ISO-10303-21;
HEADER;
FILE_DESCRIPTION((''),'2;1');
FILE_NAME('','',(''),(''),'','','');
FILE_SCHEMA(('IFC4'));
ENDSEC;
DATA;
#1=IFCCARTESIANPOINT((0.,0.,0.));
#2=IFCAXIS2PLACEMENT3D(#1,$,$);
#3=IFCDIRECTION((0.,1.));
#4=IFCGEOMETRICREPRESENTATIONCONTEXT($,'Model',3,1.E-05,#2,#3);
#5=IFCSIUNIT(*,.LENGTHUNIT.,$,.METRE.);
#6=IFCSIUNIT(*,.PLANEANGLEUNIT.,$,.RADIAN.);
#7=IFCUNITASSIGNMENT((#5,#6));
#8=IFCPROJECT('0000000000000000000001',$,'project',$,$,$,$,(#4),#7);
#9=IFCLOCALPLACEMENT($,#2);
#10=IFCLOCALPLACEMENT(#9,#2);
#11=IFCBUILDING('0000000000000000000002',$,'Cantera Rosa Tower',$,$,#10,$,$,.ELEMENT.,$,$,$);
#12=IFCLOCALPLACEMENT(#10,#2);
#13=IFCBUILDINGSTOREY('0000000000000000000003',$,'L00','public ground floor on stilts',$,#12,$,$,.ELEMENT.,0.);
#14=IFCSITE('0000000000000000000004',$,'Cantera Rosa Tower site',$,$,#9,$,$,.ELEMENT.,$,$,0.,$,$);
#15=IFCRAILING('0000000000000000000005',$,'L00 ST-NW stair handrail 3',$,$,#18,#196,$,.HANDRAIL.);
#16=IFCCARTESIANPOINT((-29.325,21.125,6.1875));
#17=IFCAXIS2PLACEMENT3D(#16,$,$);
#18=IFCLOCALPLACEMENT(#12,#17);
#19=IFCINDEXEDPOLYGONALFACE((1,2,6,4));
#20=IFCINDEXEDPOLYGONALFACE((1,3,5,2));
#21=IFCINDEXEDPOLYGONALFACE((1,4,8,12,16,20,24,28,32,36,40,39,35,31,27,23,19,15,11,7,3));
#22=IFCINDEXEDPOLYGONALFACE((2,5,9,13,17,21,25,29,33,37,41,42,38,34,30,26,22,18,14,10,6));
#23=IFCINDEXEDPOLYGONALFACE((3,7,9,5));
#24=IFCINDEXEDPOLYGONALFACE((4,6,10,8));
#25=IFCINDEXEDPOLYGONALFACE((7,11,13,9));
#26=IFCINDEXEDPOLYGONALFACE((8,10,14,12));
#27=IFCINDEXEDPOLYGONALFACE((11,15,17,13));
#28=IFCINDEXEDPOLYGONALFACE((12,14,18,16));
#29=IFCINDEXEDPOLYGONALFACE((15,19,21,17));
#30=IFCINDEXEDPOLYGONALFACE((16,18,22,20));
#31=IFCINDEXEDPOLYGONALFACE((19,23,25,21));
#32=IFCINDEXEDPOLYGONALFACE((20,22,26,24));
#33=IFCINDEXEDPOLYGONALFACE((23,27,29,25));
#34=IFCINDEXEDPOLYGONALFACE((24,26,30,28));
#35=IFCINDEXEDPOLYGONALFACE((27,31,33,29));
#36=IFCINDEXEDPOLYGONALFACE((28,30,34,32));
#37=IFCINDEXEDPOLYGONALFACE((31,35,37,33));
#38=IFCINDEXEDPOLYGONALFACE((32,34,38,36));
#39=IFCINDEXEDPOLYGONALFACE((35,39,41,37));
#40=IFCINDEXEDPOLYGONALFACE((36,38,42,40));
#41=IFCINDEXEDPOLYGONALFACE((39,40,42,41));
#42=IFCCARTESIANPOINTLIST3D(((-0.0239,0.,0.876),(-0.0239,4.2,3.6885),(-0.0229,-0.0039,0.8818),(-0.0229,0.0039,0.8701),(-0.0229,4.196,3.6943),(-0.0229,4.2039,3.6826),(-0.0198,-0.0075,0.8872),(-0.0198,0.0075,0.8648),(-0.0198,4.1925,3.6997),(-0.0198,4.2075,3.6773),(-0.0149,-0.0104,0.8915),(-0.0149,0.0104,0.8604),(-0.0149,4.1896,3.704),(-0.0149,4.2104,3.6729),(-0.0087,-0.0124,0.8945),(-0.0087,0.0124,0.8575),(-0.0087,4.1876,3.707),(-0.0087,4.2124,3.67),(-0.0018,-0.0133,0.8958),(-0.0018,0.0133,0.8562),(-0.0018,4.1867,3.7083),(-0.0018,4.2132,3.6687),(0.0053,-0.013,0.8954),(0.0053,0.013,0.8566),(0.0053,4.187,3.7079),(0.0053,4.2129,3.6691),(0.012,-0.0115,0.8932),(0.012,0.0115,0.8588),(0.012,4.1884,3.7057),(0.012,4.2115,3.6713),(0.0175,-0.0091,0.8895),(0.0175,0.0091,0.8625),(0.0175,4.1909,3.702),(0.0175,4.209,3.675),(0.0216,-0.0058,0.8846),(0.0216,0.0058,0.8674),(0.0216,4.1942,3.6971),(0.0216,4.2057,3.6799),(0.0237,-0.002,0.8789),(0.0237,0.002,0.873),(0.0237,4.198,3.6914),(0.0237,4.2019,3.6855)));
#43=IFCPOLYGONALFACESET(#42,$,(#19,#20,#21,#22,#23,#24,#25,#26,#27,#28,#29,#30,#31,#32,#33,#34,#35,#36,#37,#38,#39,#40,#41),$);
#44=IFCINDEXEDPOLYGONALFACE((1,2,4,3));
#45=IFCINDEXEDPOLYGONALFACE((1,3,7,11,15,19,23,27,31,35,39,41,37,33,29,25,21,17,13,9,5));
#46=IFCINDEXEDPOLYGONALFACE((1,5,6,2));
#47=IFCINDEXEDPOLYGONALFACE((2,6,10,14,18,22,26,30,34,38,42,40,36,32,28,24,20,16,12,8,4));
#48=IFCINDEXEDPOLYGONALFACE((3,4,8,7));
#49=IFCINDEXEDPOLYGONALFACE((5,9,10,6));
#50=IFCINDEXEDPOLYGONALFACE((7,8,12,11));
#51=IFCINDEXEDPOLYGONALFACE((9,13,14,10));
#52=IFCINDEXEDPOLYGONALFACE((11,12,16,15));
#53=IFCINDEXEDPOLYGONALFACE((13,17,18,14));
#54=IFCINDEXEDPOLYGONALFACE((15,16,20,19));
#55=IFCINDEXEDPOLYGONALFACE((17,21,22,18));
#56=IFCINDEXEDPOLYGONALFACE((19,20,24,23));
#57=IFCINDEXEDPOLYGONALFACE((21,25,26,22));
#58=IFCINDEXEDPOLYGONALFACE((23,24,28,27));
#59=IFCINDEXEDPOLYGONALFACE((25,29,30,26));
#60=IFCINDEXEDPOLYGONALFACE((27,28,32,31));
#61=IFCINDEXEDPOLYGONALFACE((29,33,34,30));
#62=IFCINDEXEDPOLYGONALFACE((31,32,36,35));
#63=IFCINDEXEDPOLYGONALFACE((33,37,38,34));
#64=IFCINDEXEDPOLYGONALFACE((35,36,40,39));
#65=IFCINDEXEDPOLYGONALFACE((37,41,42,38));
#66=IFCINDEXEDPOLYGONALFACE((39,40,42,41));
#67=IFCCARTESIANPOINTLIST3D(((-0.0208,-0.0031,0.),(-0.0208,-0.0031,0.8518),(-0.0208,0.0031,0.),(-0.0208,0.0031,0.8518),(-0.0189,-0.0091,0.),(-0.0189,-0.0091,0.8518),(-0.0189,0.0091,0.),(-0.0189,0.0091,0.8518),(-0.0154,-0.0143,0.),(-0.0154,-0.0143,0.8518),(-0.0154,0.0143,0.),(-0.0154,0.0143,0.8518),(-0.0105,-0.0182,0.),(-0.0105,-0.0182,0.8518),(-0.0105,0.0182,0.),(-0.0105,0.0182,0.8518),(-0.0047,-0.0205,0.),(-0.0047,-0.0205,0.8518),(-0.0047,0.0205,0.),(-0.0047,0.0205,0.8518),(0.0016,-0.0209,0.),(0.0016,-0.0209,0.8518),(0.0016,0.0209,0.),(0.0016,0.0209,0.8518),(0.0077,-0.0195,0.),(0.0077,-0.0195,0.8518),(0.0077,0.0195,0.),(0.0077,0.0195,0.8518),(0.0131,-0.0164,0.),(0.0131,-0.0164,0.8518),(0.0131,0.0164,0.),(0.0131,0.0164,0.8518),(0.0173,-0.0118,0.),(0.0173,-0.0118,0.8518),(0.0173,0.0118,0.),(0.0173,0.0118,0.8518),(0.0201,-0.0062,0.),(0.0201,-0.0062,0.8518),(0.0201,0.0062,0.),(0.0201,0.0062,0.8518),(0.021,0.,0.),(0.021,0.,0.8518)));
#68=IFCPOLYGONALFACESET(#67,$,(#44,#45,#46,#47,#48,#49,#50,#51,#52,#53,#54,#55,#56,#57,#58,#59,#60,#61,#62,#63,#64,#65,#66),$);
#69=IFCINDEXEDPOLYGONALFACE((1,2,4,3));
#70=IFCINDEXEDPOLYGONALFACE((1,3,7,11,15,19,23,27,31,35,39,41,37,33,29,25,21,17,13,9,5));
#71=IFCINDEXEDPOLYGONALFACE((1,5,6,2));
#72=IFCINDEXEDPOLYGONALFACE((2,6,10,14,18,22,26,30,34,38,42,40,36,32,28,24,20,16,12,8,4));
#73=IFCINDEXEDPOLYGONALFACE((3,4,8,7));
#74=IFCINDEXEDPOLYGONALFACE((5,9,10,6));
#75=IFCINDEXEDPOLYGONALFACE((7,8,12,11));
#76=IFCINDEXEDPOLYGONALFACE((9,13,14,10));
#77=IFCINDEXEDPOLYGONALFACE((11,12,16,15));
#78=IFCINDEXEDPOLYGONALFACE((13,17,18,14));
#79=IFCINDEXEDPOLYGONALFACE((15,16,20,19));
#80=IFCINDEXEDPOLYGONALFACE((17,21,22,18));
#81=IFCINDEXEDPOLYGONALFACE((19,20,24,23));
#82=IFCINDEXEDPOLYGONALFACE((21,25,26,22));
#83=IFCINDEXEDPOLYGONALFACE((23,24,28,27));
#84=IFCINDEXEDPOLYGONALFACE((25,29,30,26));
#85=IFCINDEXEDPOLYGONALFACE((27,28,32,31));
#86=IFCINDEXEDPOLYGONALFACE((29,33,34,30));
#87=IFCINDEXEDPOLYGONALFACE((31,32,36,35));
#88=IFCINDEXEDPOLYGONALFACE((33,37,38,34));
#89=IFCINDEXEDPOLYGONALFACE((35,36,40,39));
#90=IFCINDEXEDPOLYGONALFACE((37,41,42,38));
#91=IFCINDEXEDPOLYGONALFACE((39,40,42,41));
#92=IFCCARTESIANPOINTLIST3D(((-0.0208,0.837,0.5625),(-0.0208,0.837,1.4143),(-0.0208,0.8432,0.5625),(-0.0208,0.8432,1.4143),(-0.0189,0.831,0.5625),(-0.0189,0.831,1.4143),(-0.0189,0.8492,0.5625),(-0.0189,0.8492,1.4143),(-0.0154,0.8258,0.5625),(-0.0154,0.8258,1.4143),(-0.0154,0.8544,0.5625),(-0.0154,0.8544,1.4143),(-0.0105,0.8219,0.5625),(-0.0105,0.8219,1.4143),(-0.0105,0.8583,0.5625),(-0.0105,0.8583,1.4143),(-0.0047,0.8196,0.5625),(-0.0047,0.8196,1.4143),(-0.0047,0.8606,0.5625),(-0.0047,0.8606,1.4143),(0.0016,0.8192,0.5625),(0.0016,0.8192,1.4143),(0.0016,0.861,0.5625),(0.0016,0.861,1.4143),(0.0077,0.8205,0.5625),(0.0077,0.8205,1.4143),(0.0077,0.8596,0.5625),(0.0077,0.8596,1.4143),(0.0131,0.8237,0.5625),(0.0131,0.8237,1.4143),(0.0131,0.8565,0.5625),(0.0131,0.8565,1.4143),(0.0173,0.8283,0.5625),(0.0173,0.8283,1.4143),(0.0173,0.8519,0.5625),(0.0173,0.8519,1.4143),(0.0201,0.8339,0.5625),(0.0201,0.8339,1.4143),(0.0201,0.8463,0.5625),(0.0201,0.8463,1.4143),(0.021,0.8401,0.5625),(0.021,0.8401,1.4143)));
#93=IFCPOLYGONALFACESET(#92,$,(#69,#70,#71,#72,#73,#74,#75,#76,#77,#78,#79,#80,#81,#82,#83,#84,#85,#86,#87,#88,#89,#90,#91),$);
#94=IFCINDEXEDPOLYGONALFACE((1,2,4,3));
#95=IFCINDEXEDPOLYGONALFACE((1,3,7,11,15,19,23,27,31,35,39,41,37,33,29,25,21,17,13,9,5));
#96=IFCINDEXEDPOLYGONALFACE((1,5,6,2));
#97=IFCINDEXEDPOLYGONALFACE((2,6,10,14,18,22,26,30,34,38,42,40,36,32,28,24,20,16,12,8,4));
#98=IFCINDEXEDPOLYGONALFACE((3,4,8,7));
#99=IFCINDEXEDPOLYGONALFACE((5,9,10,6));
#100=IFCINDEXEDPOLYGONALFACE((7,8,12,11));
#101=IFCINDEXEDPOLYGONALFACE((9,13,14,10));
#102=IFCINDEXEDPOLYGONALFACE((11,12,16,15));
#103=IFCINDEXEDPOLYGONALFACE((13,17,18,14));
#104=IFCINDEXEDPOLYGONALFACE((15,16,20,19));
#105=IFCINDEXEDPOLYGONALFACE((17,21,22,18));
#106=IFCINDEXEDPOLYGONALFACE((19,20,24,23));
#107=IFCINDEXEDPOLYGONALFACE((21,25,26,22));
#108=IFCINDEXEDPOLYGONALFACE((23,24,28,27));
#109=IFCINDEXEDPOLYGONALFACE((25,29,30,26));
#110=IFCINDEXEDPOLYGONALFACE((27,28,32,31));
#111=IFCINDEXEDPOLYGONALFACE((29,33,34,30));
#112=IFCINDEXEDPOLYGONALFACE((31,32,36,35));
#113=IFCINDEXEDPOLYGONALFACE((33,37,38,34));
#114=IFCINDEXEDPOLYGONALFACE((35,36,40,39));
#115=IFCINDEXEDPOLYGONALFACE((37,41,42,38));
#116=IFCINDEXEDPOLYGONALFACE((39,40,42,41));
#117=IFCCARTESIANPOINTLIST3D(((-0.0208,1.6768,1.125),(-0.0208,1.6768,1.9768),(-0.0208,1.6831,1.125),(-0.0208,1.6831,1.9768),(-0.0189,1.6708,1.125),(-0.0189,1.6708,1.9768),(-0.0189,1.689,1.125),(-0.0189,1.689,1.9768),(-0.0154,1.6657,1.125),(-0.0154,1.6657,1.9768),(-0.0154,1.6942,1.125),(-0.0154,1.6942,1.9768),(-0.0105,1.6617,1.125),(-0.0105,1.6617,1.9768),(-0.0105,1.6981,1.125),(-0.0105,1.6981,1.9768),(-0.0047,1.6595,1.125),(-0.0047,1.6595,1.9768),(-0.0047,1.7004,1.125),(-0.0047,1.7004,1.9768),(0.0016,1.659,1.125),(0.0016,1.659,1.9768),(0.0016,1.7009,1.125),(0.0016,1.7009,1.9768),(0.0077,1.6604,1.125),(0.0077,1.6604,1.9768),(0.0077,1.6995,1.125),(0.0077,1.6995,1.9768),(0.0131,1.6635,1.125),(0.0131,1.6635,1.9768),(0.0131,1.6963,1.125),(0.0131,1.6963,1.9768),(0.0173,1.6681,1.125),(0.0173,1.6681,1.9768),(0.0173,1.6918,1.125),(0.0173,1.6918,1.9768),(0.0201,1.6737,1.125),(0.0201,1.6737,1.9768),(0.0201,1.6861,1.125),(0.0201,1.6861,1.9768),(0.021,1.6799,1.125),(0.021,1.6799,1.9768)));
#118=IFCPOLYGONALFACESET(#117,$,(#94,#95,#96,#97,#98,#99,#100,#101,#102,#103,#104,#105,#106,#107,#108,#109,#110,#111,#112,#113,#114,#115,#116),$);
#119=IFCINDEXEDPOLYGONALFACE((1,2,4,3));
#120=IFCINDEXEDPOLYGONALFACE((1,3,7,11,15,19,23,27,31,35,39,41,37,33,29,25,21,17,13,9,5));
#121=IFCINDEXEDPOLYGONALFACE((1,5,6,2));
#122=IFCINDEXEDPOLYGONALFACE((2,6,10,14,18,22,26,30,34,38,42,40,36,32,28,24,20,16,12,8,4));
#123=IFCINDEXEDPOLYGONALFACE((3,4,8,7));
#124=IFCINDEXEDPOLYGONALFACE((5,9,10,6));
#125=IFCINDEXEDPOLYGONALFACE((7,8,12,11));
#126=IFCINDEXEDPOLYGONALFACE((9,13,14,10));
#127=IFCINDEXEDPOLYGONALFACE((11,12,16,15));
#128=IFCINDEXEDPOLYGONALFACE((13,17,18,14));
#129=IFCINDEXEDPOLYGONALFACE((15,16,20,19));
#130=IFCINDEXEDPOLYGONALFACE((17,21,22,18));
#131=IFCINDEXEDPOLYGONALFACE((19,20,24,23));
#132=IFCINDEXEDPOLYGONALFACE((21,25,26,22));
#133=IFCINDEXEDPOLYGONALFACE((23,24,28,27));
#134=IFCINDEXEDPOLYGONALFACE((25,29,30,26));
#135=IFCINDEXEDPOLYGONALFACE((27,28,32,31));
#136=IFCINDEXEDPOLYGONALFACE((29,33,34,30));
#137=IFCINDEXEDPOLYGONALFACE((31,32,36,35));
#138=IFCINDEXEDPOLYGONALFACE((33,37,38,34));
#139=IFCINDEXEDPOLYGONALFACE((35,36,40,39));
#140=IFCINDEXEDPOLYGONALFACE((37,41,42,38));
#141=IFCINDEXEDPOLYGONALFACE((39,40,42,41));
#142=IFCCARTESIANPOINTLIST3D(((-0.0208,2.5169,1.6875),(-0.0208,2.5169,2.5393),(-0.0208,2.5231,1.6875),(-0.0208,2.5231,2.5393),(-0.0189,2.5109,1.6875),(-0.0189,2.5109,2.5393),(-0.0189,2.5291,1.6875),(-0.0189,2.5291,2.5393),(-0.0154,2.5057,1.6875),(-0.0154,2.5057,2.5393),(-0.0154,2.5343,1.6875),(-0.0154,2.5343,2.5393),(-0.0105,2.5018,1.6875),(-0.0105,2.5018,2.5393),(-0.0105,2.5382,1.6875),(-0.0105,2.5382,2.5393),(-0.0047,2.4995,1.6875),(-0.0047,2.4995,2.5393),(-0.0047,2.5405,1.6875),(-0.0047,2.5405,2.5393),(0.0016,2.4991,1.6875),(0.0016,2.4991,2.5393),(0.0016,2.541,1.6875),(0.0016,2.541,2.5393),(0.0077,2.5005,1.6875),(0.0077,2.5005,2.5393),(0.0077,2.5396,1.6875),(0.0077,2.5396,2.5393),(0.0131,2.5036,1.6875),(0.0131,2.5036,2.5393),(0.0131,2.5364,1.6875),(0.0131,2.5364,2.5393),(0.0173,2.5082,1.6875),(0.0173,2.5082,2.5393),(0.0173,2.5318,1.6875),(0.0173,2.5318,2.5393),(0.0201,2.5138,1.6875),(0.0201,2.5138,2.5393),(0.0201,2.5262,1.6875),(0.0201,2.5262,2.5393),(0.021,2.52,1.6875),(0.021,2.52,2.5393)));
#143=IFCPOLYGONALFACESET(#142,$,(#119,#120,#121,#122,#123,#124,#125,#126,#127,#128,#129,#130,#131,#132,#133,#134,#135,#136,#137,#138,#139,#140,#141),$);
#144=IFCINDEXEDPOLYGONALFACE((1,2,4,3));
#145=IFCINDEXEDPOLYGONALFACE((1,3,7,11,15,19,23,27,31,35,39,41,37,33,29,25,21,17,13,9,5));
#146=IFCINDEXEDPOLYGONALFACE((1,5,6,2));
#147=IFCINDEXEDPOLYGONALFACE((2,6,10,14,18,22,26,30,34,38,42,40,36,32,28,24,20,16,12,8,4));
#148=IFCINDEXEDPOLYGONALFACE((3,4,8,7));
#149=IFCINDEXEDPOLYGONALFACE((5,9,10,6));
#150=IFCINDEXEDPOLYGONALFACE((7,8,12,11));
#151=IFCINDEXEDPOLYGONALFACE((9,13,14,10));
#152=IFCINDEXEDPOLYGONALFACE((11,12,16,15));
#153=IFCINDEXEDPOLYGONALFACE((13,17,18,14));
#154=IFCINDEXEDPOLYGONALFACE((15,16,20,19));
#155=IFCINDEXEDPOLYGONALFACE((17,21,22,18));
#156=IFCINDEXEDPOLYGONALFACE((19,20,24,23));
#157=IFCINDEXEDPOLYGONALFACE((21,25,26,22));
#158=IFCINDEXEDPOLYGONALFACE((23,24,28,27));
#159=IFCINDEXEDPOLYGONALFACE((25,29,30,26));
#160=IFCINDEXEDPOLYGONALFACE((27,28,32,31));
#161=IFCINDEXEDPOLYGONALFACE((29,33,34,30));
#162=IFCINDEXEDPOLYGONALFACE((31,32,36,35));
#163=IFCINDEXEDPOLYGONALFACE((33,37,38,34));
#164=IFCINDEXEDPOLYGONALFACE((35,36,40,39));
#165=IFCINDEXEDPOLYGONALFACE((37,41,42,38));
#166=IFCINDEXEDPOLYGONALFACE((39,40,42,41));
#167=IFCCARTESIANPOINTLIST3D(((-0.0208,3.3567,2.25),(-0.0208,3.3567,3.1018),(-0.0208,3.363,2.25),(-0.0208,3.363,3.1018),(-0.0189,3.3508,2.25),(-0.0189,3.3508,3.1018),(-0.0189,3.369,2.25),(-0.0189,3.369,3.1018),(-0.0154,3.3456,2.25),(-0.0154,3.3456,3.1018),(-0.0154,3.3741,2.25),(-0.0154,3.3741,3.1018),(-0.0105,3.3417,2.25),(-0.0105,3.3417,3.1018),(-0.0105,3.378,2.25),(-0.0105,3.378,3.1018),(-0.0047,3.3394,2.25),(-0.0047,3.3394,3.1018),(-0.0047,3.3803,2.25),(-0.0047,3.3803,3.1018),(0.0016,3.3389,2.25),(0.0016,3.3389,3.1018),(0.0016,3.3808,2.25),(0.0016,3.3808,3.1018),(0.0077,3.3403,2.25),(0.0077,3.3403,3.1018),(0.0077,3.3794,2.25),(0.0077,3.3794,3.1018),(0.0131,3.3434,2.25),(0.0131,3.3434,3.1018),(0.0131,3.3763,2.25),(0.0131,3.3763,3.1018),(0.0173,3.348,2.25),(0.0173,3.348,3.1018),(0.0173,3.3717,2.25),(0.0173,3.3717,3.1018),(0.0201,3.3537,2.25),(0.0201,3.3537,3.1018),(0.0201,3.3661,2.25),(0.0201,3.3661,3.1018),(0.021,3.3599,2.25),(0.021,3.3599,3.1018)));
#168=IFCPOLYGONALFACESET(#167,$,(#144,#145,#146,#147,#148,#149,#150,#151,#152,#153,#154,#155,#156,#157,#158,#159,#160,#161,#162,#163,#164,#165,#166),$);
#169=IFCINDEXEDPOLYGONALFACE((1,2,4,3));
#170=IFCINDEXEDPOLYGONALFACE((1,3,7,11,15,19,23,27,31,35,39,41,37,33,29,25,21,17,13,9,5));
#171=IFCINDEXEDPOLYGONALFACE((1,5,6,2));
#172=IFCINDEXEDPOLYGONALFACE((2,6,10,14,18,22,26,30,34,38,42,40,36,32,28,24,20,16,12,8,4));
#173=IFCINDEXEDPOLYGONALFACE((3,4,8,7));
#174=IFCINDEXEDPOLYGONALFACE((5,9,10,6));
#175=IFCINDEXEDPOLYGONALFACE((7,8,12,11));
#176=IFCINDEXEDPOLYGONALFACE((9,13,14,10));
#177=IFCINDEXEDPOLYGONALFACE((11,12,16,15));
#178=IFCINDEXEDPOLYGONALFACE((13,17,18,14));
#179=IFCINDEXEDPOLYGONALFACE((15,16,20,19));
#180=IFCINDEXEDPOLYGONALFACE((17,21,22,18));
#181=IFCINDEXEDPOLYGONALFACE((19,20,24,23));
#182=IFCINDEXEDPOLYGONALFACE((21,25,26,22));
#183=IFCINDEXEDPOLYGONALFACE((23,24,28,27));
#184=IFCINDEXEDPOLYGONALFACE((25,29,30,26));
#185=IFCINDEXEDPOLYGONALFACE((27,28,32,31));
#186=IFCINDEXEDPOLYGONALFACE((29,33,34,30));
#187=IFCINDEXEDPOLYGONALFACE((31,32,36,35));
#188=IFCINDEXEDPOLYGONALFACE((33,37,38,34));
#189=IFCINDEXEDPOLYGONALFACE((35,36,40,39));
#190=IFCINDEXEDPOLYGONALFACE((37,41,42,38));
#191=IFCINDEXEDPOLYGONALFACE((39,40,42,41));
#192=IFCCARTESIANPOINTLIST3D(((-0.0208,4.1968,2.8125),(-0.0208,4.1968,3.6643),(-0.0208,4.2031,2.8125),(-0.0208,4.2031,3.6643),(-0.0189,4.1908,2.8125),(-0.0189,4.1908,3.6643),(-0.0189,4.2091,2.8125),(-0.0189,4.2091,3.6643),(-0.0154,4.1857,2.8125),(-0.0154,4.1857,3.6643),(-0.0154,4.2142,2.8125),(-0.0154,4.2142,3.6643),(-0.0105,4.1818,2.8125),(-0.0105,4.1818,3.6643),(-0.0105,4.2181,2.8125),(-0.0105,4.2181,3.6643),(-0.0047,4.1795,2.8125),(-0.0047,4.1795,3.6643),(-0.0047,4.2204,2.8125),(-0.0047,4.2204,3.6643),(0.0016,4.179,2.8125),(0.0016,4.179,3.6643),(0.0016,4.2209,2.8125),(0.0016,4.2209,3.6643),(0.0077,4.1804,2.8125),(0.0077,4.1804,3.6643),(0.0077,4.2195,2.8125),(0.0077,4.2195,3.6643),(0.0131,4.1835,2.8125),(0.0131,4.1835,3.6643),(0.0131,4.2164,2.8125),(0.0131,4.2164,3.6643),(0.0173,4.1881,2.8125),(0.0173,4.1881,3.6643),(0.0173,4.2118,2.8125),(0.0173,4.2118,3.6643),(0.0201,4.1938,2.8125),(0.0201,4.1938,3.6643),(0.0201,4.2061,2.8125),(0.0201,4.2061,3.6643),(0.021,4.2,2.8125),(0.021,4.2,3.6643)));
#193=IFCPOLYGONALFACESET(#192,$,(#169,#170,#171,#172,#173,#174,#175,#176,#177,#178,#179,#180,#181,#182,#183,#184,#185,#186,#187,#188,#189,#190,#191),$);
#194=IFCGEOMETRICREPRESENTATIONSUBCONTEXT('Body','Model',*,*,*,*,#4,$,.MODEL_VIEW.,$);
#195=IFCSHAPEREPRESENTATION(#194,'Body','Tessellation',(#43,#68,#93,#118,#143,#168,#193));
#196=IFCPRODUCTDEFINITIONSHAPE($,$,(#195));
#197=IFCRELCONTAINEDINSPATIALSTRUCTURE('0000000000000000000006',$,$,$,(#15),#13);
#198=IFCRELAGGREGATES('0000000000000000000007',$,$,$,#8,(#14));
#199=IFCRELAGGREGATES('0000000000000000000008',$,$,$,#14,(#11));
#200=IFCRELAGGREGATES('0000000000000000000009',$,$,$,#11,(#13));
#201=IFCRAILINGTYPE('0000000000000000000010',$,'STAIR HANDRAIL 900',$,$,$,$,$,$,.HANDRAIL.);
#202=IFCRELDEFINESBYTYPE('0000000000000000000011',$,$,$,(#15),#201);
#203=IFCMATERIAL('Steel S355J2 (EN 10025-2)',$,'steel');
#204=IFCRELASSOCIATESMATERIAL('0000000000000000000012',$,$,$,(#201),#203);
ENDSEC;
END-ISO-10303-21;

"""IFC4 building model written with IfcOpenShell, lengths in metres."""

from ifc_helpers import new_model, si_unit, direction, frame, origin, origin_2d, place, context, subcontext, project, spatial, circle, extrude, material, type_object, element, save


model = new_model("IFC4")

# Units and contexts
model_context = context("Model", 3, precision=1e-05, world=origin(), true_north=direction((0.0, 1.0)))
body_context = subcontext(model_context, "Body", "Model", "MODEL_VIEW")
ifc_project = project(units=[si_unit("LENGTHUNIT", "METRE"), si_unit("PLANEANGLEUNIT", "RADIAN")], contexts=[model_context])

# Site, building, storey
site_placement = place(None, origin())
site = spatial("IfcSite", under=ifc_project, at=site_placement, Name="Cantera Rosa Tower site", CompositionType="ELEMENT", RefElevation=0.0)
building_placement = place(site_placement, origin())
building = spatial("IfcBuilding", under=site, at=building_placement, Name="Cantera Rosa Tower", CompositionType="ELEMENT")
storey_placement = place(building_placement, origin())
storey = spatial("IfcBuildingStorey", under=building, at=storey_placement, Name="L00", Description="public ground floor on stilts", CompositionType="ELEMENT", Elevation=0.0)

# Railing
ifc_material_1 = material(Name="Steel S355J2 (EN 10025-2)", Category="steel")
railing_type_1 = type_object("IfcRailingType", Name="STAIR HANDRAIL 900", PredefinedType="HANDRAIL", material=ifc_material_1)
for number, where, name in (
    (1, (-29.325, 21.125, 6.1875), "L00 ST-NW stair handrail 3"),
):
    element("IfcRailing", number, at=place(storey_placement, frame(where)), inside=storey, type_object=railing_type_1, Name=name, PredefinedType="HANDRAIL", context=body_context, shape_type="SweptSolid", body=[
        extrude(circle(Radius=0.0239, at=origin_2d()), frame((0.0, 0.0, 0.876), z_axis=(0.0, 0.830904, 0.556416), x_axis=(-1.0, 0.0, 0.0)), (0.0, 0.0, 1.0), 5.0547),
        extrude(circle(Radius=0.021, at=origin_2d()), origin(), (0.0, 0.0, 1.0), 0.8518),
        extrude(circle(Radius=0.021, at=origin_2d()), frame((0.0, 0.8401, 0.5625)), (0.0, 0.0, 1.0), 0.8518),
        extrude(circle(Radius=0.021, at=origin_2d()), frame((0.0, 1.6799, 1.125)), (0.0, 0.0, 1.0), 0.8518),
        extrude(circle(Radius=0.021, at=origin_2d()), frame((0.0, 2.52, 1.6875)), (0.0, 0.0, 1.0), 0.8518),
        extrude(circle(Radius=0.021, at=origin_2d()), frame((0.0, 3.3599, 2.25)), (0.0, 0.0, 1.0), 0.8518),
        extrude(circle(Radius=0.021, at=origin_2d()), frame((0.0, 4.2, 2.8125)), (0.0, 0.0, 1.0), 0.8518),
    ])

save(model, "model.ifc")
